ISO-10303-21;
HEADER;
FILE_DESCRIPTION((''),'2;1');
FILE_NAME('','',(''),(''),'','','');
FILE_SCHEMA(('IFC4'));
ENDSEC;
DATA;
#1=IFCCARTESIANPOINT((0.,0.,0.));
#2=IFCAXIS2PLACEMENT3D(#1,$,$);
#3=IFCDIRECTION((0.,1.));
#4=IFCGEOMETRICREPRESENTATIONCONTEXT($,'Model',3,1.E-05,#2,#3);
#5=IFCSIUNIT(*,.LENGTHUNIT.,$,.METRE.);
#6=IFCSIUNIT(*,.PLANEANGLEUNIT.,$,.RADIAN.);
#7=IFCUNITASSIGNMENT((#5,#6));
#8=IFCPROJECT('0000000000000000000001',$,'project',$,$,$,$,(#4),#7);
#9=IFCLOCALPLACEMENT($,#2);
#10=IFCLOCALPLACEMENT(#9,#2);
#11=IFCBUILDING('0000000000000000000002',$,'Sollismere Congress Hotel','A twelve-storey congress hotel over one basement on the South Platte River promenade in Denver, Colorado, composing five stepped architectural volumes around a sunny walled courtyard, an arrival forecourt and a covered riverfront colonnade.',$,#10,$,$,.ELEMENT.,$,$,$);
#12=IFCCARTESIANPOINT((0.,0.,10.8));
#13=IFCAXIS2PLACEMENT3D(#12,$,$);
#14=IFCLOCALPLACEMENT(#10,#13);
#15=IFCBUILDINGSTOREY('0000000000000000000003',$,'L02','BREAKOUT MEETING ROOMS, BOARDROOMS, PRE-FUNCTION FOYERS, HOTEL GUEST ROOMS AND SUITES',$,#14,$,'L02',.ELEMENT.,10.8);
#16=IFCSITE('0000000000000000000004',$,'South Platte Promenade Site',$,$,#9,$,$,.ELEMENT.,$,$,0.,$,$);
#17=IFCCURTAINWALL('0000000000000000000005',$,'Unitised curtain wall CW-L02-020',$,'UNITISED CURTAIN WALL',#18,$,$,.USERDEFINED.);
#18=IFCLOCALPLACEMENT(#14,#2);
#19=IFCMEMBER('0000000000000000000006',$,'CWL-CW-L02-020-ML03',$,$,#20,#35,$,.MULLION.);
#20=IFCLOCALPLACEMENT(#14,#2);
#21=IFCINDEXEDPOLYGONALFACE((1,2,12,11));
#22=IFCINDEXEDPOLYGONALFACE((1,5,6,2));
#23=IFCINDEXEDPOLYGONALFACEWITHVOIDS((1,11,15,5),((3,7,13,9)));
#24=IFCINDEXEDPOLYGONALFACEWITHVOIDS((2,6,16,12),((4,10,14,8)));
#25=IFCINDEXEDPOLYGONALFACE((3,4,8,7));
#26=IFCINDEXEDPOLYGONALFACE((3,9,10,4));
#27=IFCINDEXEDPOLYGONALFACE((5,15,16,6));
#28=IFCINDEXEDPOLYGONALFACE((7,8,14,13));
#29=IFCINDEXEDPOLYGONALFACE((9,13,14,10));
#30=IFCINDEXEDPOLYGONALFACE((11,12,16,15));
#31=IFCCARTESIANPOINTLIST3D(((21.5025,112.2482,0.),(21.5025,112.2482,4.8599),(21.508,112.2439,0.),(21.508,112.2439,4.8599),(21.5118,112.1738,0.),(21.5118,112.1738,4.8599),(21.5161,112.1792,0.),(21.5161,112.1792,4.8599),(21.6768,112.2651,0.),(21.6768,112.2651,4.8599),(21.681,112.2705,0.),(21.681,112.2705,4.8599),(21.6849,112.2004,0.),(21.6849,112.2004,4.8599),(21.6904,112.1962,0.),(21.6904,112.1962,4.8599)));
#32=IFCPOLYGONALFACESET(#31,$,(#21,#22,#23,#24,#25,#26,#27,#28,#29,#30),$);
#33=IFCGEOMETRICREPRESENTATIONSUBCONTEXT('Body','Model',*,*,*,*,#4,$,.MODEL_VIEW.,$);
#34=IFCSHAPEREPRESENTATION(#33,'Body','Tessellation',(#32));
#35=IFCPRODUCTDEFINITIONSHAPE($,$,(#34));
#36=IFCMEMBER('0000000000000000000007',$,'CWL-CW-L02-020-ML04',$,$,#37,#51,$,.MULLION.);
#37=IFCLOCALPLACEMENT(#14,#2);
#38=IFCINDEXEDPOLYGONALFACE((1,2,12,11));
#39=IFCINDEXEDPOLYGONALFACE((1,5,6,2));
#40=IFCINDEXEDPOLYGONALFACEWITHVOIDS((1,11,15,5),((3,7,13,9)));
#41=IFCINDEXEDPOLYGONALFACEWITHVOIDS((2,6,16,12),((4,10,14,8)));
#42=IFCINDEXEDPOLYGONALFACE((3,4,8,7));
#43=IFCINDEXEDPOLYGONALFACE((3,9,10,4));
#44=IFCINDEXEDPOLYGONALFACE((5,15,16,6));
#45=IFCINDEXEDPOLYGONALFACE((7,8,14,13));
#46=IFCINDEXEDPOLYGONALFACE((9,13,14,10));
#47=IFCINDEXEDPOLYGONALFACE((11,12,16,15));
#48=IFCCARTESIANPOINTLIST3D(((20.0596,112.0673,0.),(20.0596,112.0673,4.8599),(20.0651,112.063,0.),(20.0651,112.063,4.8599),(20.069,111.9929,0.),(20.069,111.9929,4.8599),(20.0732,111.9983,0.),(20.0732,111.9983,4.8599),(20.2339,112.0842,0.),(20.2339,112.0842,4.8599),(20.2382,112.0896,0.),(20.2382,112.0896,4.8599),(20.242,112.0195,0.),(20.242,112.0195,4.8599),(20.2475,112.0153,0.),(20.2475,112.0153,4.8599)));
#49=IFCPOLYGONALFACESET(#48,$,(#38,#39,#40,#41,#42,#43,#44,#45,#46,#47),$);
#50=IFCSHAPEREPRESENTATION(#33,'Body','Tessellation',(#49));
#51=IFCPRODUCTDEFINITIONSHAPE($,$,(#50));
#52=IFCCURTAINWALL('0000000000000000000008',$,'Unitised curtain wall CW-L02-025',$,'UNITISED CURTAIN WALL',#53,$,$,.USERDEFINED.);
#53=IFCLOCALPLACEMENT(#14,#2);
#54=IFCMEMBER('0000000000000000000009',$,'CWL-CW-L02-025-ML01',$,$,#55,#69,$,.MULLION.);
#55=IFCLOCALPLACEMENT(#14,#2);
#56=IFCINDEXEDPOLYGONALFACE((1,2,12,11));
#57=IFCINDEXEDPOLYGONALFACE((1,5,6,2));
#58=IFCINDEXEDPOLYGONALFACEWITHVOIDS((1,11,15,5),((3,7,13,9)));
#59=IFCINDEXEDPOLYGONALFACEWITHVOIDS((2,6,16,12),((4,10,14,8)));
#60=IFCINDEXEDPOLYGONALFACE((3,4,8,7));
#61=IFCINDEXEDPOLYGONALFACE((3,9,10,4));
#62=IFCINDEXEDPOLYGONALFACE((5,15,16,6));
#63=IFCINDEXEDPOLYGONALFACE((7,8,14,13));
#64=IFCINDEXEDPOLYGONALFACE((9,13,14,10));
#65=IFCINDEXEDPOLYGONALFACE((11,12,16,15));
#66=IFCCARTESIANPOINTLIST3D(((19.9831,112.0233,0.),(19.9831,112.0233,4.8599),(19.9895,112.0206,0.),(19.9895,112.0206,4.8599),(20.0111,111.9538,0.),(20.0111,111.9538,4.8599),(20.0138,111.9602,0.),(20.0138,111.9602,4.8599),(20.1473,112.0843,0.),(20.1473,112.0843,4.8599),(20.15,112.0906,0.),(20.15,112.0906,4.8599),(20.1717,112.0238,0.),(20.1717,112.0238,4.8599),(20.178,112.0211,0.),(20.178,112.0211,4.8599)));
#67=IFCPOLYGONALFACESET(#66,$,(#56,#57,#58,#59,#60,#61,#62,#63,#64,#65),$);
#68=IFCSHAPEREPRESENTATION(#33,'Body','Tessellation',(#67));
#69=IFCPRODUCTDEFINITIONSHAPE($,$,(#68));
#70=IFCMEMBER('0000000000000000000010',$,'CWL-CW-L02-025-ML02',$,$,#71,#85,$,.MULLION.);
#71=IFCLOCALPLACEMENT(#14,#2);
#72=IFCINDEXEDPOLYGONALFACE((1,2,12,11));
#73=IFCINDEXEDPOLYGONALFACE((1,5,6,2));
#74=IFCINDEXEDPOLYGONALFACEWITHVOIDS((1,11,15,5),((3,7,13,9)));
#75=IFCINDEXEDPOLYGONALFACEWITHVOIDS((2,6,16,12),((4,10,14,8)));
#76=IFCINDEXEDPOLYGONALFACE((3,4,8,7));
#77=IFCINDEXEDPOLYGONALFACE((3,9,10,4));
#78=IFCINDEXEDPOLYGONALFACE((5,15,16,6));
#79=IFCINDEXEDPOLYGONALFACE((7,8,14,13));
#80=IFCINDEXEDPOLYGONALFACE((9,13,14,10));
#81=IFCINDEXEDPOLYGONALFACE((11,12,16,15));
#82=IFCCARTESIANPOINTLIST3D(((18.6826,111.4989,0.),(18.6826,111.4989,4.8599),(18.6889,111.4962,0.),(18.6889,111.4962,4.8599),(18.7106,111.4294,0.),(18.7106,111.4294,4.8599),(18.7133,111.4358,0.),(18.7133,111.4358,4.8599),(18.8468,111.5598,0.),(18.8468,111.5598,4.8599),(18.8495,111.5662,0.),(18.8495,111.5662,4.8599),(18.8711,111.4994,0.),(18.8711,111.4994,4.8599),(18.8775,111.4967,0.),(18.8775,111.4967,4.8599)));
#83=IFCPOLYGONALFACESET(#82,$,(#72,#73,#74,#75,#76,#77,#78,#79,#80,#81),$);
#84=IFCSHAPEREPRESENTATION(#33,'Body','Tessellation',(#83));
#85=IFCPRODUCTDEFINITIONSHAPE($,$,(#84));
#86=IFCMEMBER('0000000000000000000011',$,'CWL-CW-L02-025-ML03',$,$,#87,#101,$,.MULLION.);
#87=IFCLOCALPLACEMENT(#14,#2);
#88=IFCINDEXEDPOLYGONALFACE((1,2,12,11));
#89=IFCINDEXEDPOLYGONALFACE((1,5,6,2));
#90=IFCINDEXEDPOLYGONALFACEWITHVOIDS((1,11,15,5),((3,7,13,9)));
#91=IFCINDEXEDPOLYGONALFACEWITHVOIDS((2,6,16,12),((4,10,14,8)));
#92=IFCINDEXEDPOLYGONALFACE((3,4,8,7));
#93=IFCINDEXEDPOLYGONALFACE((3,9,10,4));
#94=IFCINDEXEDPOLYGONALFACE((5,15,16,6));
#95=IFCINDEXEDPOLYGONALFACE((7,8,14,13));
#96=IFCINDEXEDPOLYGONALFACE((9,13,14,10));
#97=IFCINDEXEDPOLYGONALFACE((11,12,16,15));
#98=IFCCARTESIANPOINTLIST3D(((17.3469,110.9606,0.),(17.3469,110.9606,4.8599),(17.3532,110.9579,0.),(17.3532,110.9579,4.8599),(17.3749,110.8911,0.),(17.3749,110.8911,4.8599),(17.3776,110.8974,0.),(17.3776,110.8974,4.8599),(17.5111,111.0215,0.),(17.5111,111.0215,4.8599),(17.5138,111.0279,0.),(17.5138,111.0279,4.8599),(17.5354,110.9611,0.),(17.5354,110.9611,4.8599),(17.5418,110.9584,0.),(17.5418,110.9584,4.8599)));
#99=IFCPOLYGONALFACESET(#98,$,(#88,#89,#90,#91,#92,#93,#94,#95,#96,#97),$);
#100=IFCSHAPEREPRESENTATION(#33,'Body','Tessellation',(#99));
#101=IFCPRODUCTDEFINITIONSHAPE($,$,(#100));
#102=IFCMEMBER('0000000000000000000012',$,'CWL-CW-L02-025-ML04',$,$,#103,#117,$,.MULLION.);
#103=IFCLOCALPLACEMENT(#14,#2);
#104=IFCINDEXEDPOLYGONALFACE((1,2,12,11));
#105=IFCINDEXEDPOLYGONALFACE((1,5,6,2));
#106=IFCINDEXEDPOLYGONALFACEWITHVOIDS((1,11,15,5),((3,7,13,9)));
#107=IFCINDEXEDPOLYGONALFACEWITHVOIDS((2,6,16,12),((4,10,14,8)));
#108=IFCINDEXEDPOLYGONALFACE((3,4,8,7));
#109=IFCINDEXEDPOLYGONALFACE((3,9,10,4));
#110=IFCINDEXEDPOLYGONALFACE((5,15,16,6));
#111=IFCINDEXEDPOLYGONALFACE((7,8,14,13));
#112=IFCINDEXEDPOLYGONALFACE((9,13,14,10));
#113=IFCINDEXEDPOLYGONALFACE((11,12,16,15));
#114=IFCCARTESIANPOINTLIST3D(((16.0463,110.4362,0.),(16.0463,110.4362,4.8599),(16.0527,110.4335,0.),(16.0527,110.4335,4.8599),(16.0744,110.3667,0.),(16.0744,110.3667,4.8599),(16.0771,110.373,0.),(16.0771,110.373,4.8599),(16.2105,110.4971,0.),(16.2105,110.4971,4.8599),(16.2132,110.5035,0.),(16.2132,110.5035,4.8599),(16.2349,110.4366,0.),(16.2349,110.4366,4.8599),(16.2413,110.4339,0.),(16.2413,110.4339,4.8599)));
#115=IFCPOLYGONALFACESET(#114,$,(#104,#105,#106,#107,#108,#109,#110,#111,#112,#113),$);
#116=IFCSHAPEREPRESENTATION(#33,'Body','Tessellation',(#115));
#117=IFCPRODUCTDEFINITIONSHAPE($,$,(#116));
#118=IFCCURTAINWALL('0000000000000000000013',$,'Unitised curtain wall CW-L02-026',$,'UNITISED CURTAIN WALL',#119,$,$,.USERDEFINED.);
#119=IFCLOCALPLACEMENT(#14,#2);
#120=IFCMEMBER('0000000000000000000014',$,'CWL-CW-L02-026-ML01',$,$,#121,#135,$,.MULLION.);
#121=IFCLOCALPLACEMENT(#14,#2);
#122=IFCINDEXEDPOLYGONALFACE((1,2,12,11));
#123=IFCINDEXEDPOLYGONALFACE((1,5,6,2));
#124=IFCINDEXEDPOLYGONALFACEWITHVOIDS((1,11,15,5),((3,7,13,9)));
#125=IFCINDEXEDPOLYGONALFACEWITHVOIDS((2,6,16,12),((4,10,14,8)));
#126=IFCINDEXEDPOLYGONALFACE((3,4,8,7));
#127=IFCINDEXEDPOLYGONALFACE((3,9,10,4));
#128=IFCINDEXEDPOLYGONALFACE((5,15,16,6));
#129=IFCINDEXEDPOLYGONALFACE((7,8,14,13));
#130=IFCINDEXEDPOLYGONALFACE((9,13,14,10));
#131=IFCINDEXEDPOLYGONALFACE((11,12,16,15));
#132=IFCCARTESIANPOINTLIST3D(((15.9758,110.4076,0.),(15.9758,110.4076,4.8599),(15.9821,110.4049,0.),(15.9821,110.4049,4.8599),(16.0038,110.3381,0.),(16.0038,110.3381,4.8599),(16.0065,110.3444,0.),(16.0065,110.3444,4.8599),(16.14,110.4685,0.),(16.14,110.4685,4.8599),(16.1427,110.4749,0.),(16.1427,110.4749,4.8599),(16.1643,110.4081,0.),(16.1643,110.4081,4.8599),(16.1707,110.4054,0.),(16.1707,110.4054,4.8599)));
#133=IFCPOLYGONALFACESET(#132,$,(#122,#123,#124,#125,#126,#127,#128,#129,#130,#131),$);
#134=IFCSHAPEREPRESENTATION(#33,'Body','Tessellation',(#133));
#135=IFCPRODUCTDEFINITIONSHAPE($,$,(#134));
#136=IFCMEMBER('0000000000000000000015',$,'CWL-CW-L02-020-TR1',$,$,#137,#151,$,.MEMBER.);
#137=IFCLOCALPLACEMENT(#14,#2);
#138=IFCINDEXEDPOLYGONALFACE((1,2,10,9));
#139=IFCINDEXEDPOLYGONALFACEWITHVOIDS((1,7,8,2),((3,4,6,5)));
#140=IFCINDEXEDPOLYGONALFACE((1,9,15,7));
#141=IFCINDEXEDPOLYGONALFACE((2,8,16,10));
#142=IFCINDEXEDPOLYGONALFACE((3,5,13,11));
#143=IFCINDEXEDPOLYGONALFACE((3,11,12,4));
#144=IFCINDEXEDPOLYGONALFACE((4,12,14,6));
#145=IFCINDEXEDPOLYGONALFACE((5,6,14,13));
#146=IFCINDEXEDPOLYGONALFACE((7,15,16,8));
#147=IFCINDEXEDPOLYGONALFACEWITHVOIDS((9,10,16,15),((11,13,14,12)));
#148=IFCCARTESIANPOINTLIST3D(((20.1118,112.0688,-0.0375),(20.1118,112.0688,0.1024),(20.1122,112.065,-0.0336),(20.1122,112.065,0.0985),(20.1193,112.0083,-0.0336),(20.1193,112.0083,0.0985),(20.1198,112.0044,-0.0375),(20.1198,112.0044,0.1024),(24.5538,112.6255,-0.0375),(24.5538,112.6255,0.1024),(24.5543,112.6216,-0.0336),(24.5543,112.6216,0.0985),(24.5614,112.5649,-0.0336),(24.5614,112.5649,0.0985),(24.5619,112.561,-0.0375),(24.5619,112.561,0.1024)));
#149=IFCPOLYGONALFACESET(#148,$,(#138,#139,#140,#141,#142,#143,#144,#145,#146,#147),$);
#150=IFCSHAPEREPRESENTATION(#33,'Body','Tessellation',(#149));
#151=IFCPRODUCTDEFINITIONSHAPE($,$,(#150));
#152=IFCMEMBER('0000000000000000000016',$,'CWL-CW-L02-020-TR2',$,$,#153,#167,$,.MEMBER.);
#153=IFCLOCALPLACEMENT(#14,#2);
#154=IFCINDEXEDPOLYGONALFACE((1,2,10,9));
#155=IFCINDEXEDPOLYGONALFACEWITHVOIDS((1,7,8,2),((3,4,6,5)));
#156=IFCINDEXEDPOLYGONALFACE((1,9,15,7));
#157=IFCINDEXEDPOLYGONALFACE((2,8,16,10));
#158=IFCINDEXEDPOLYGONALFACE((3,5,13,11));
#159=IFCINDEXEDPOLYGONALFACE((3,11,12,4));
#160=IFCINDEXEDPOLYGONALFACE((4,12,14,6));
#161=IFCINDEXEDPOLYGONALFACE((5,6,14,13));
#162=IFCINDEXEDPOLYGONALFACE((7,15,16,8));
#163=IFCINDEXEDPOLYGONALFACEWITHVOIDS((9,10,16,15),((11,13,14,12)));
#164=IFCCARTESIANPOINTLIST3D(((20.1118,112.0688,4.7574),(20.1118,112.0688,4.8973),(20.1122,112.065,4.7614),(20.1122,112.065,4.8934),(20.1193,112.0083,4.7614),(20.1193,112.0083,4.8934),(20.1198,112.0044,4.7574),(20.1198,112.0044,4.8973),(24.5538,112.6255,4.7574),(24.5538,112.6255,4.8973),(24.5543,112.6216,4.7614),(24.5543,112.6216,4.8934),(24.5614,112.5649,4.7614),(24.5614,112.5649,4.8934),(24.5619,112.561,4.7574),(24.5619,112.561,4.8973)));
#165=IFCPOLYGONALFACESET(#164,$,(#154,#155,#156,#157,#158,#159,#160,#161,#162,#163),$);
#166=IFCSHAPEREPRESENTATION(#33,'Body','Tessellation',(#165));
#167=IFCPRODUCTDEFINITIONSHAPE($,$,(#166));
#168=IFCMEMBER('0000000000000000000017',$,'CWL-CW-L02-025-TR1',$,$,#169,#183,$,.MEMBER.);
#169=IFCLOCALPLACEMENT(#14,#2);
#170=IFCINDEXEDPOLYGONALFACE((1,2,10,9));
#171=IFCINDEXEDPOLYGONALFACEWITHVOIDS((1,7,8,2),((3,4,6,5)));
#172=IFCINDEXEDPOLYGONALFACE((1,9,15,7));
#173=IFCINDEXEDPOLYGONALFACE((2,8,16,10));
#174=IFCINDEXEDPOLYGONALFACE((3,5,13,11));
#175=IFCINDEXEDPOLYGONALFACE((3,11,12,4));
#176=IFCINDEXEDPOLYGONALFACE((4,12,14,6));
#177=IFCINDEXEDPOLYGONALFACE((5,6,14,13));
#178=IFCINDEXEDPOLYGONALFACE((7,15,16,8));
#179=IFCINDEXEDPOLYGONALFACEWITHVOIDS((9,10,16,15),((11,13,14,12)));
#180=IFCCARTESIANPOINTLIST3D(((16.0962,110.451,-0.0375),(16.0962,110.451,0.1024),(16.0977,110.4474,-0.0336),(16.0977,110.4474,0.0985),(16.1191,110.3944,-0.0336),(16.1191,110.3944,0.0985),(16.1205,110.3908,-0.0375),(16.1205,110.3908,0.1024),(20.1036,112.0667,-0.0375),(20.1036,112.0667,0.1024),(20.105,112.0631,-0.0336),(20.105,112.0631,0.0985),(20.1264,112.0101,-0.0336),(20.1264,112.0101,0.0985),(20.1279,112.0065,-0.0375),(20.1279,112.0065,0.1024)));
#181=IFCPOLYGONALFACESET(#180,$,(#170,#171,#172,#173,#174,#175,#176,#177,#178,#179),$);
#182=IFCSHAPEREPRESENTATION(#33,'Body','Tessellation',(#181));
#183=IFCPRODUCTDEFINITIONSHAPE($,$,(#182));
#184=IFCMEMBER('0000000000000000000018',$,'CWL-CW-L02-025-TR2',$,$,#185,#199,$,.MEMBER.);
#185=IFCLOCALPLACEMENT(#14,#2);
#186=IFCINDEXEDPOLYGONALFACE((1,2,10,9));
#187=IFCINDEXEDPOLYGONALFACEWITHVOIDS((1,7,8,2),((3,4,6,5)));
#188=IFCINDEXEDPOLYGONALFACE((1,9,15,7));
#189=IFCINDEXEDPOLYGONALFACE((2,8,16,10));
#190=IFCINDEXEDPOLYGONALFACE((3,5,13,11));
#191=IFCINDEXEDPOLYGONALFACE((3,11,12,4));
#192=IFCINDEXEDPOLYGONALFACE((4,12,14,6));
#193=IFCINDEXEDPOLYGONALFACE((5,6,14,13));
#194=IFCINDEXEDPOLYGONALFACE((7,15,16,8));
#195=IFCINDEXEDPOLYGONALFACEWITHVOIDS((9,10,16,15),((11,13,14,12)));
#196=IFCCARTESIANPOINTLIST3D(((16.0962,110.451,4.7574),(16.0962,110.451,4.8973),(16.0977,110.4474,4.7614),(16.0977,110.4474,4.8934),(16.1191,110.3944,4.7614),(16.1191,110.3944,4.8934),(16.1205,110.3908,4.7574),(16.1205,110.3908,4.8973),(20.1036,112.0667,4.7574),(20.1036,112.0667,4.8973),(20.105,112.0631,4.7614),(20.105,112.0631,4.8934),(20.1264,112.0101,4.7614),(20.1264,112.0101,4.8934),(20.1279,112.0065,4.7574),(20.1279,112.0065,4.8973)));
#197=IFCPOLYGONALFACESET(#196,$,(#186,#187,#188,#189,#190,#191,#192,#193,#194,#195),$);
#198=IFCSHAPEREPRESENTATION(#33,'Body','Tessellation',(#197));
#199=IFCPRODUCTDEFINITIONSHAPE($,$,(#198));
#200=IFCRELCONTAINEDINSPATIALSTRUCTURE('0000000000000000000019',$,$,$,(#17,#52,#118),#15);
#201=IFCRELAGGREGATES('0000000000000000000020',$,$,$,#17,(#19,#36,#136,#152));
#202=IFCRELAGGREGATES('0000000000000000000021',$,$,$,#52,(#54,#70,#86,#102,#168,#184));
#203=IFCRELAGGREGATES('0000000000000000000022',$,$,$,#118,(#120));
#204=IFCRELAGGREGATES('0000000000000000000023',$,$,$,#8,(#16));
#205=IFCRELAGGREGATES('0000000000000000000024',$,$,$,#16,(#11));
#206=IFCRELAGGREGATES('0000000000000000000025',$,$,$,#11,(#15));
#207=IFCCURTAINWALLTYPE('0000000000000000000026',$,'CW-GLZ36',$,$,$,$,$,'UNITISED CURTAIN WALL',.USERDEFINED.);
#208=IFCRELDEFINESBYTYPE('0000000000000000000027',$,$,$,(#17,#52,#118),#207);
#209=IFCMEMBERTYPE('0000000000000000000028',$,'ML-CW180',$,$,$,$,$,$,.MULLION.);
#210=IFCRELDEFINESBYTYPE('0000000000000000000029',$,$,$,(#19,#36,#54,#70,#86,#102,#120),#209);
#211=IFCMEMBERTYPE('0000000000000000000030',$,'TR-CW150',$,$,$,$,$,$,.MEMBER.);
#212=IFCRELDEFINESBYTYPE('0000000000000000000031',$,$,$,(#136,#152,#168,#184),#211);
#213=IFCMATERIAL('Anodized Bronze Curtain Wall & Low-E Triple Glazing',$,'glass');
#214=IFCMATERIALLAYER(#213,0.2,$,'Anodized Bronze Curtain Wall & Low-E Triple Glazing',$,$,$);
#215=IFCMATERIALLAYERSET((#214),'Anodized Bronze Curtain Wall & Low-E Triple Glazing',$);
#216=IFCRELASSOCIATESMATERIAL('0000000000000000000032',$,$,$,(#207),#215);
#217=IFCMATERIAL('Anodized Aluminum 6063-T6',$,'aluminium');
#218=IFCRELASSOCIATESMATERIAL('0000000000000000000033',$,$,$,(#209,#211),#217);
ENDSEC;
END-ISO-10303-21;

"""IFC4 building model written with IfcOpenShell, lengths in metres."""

from ifc_helpers import new_model, si_unit, direction, frame, origin, origin_2d, place, context, subcontext, project, spatial, hollow_rectangle, extrude, material, layer, layer_set, material_profile, profile_set, type_object, element, aggregate, save


model = new_model("IFC4")

# Units and contexts
model_context = context("Model", 3, precision=1e-05, world=origin(), true_north=direction((0.0, 1.0)))
body_context = subcontext(model_context, "Body", "Model", "MODEL_VIEW")
ifc_project = project(units=[si_unit("LENGTHUNIT", "METRE"), si_unit("PLANEANGLEUNIT", "RADIAN")], contexts=[model_context])

# Site, building, storey
site_placement = place(None, origin())
site = spatial("IfcSite", under=ifc_project, at=site_placement, Name="South Platte Promenade Site", CompositionType="ELEMENT", RefElevation=0.0)
building_placement = place(site_placement, origin())
building = spatial("IfcBuilding", under=site, at=building_placement, Name="Sollismere Congress Hotel", Description="A twelve-storey congress hotel over one basement on the South Platte River promenade in Denver, Colorado, composing five stepped architectural volumes around a sunny walled courtyard, an arrival forecourt and a covered riverfront colonnade.", CompositionType="ELEMENT")
storey_placement = place(building_placement, frame((0.0, 0.0, 10.8)))
storey = spatial("IfcBuildingStorey", under=building, at=storey_placement, Name="L02", Description="BREAKOUT MEETING ROOMS, BOARDROOMS, PRE-FUNCTION FOYERS, HOTEL GUEST ROOMS AND SUITES", LongName="L02", CompositionType="ELEMENT", Elevation=10.8)

# Shared definitions
ifc_material_1 = material(Name="Anodized Bronze Curtain Wall & Low-E Triple Glazing", Category="glass")
ifc_layer_1 = layer(ifc_material_1, 0.2, Name="Anodized Bronze Curtain Wall & Low-E Triple Glazing")
ifc_layer_set_1 = layer_set([ifc_layer_1], Name="Anodized Bronze Curtain Wall & Low-E Triple Glazing")
curtain_wall_type = type_object("IfcCurtainWallType", Name="CW-GLZ36", ElementType="UNITISED CURTAIN WALL", PredefinedType="USERDEFINED", material=ifc_layer_set_1)
ifc_material_2 = material(Name="Anodized Aluminum 6063-T6", Category="aluminium")
ifc_material_profile_1 = material_profile(ifc_material_2, hollow_rectangle(XDim=0.075, YDim=0.1799, WallThickness=0.0049, at=origin_2d()), Name="ALU180X75X5")
ifc_profile_set_1 = profile_set([ifc_material_profile_1], Name="Anodized Aluminum 6063-T6")
member_type_1 = type_object("IfcMemberType", Name="ML-CW180", PredefinedType="MULLION", material=ifc_profile_set_1)

# Curtain walls, members
curtain_wall_1_placement = place(storey_placement, origin())
curtain_wall_1 = element("IfcCurtainWall", 1, at=curtain_wall_1_placement, inside=storey, type_object=curtain_wall_type, Name="Unitised curtain wall CW-L02-020", ObjectType="UNITISED CURTAIN WALL", PredefinedType="USERDEFINED")
member_1_placement = place(storey_placement, frame((21.5964, 112.2222, 0.0), z_axis=(0.0, 0.0, 1.0), x_axis=(0.124363, -0.992237, 0.0)))
member_1 = element("IfcMember", 2, at=member_1_placement, type_object=member_type_1, Name="CWL-CW-L02-020-ML03", PredefinedType="MULLION", context=body_context, shape_type="SweptSolid", body=[
    extrude(hollow_rectangle(XDim=0.075, YDim=0.1799, WallThickness=0.0049, at=origin_2d()), origin(), (0.0, 0.0, 1.0), 4.8599),
])
member_2_placement = place(storey_placement, frame((20.1536, 112.0413, 0.0), z_axis=(0.0, 0.0, 1.0), x_axis=(0.124363, -0.992237, 0.0)))
member_2 = element("IfcMember", 3, at=member_2_placement, type_object=member_type_1, Name="CWL-CW-L02-020-ML04", PredefinedType="MULLION", context=body_context, shape_type="SweptSolid", body=[
    extrude(hollow_rectangle(XDim=0.075, YDim=0.1799, WallThickness=0.0049, at=origin_2d()), origin(), (0.0, 0.0, 1.0), 4.8599),
])
curtain_wall_2_placement = place(storey_placement, origin())
curtain_wall_2 = element("IfcCurtainWall", 4, at=curtain_wall_2_placement, inside=storey, type_object=curtain_wall_type, Name="Unitised curtain wall CW-L02-025", ObjectType="UNITISED CURTAIN WALL", PredefinedType="USERDEFINED")
member_3_placement = place(storey_placement, frame((20.0806, 112.0222, 0.0), z_axis=(0.0, 0.0, 1.0), x_axis=(0.373943, -0.927452, 0.0)))
member_3 = element("IfcMember", 5, at=member_3_placement, type_object=member_type_1, Name="CWL-CW-L02-025-ML01", PredefinedType="MULLION", context=body_context, shape_type="SweptSolid", body=[
    extrude(hollow_rectangle(XDim=0.075, YDim=0.1799, WallThickness=0.0049, at=origin_2d()), origin(), (0.0, 0.0, 1.0), 4.8599),
])
member_4_placement = place(storey_placement, frame((18.78, 111.4978, 0.0), z_axis=(0.0, 0.0, 1.0), x_axis=(0.373943, -0.927452, 0.0)))
member_4 = element("IfcMember", 6, at=member_4_placement, type_object=member_type_1, Name="CWL-CW-L02-025-ML02", PredefinedType="MULLION", context=body_context, shape_type="SweptSolid", body=[
    extrude(hollow_rectangle(XDim=0.075, YDim=0.1799, WallThickness=0.0049, at=origin_2d()), origin(), (0.0, 0.0, 1.0), 4.8599),
])
member_5_placement = place(storey_placement, frame((17.4443, 110.9595, 0.0), z_axis=(0.0, 0.0, 1.0), x_axis=(0.373943, -0.927452, 0.0)))
member_5 = element("IfcMember", 7, at=member_5_placement, type_object=member_type_1, Name="CWL-CW-L02-025-ML03", PredefinedType="MULLION", context=body_context, shape_type="SweptSolid", body=[
    extrude(hollow_rectangle(XDim=0.075, YDim=0.1799, WallThickness=0.0049, at=origin_2d()), origin(), (0.0, 0.0, 1.0), 4.8599),
])
member_6_placement = place(storey_placement, frame((16.1438, 110.4351, 0.0), z_axis=(0.0, 0.0, 1.0), x_axis=(0.373943, -0.927452, 0.0)))
member_6 = element("IfcMember", 8, at=member_6_placement, type_object=member_type_1, Name="CWL-CW-L02-025-ML04", PredefinedType="MULLION", context=body_context, shape_type="SweptSolid", body=[
    extrude(hollow_rectangle(XDim=0.075, YDim=0.1799, WallThickness=0.0049, at=origin_2d()), origin(), (0.0, 0.0, 1.0), 4.8599),
])

# Curtain wall, member
curtain_wall_3_placement = place(storey_placement, origin())
curtain_wall_3 = element("IfcCurtainWall", 9, at=curtain_wall_3_placement, inside=storey, type_object=curtain_wall_type, Name="Unitised curtain wall CW-L02-026", ObjectType="UNITISED CURTAIN WALL", PredefinedType="USERDEFINED")
member_7_placement = place(storey_placement, frame((16.0732, 110.4065, 0.0), z_axis=(0.0, 0.0, 1.0), x_axis=(0.373943, -0.927452, 0.0)))
member_7 = element("IfcMember", 10, at=member_7_placement, type_object=member_type_1, Name="CWL-CW-L02-026-ML01", PredefinedType="MULLION", context=body_context, shape_type="SweptSolid", body=[
    extrude(hollow_rectangle(XDim=0.075, YDim=0.1799, WallThickness=0.0049, at=origin_2d()), origin(), (0.0, 0.0, 1.0), 4.8599),
])

# Members
ifc_material_profile_2 = material_profile(ifc_material_2, hollow_rectangle(XDim=0.0649, YDim=0.1399, WallThickness=0.0039, at=origin_2d()), Name="ALU140X65X4")
ifc_profile_set_2 = profile_set([ifc_material_profile_2], Name="Anodized Aluminum 6063-T6")
member_type_2 = type_object("IfcMemberType", Name="TR-CW150", PredefinedType="MEMBER", material=ifc_profile_set_2)
member_8_placement = place(storey_placement, frame((24.5579, 112.5933, 0.0325), z_axis=(-0.99224, -0.124337, 0.0), x_axis=(0.124337, -0.99224, 0.0)))
member_8 = element("IfcMember", 11, at=member_8_placement, type_object=member_type_2, Name="CWL-CW-L02-020-TR1", PredefinedType="MEMBER", context=body_context, shape_type="SweptSolid", body=[
    extrude(hollow_rectangle(XDim=0.0649, YDim=0.1399, WallThickness=0.0039, at=origin_2d()), origin(), (0.0, 0.0, 1.0), 4.4768),
])
member_9_placement = place(storey_placement, frame((24.5579, 112.5933, 4.8274), z_axis=(-0.99224, -0.124337, 0.0), x_axis=(0.124337, -0.99224, 0.0)))
member_9 = element("IfcMember", 12, at=member_9_placement, type_object=member_type_2, Name="CWL-CW-L02-020-TR2", PredefinedType="MEMBER", context=body_context, shape_type="SweptSolid", body=[
    extrude(hollow_rectangle(XDim=0.0649, YDim=0.1399, WallThickness=0.0039, at=origin_2d()), origin(), (0.0, 0.0, 1.0), 4.4768),
])
member_10_placement = place(storey_placement, frame((20.1157, 112.0366, 0.0325), z_axis=(-0.927452, -0.373942, 0.0), x_axis=(0.373942, -0.927452, 0.0)))
member_10 = element("IfcMember", 13, at=member_10_placement, type_object=member_type_2, Name="CWL-CW-L02-025-TR1", PredefinedType="MEMBER", context=body_context, shape_type="SweptSolid", body=[
    extrude(hollow_rectangle(XDim=0.0649, YDim=0.1399, WallThickness=0.0039, at=origin_2d()), origin(), (0.0, 0.0, 1.0), 4.3208),
])
member_11_placement = place(storey_placement, frame((20.1157, 112.0366, 4.8274), z_axis=(-0.927452, -0.373942, 0.0), x_axis=(0.373942, -0.927452, 0.0)))
member_11 = element("IfcMember", 14, at=member_11_placement, type_object=member_type_2, Name="CWL-CW-L02-025-TR2", PredefinedType="MEMBER", context=body_context, shape_type="SweptSolid", body=[
    extrude(hollow_rectangle(XDim=0.0649, YDim=0.1399, WallThickness=0.0039, at=origin_2d()), origin(), (0.0, 0.0, 1.0), 4.3208),
])

aggregate(curtain_wall_1, [member_1, member_2, member_8, member_9])
aggregate(curtain_wall_2, [member_3, member_4, member_5, member_6, member_10, member_11])
aggregate(curtain_wall_3, [member_7])

save(model, "model.ifc")
